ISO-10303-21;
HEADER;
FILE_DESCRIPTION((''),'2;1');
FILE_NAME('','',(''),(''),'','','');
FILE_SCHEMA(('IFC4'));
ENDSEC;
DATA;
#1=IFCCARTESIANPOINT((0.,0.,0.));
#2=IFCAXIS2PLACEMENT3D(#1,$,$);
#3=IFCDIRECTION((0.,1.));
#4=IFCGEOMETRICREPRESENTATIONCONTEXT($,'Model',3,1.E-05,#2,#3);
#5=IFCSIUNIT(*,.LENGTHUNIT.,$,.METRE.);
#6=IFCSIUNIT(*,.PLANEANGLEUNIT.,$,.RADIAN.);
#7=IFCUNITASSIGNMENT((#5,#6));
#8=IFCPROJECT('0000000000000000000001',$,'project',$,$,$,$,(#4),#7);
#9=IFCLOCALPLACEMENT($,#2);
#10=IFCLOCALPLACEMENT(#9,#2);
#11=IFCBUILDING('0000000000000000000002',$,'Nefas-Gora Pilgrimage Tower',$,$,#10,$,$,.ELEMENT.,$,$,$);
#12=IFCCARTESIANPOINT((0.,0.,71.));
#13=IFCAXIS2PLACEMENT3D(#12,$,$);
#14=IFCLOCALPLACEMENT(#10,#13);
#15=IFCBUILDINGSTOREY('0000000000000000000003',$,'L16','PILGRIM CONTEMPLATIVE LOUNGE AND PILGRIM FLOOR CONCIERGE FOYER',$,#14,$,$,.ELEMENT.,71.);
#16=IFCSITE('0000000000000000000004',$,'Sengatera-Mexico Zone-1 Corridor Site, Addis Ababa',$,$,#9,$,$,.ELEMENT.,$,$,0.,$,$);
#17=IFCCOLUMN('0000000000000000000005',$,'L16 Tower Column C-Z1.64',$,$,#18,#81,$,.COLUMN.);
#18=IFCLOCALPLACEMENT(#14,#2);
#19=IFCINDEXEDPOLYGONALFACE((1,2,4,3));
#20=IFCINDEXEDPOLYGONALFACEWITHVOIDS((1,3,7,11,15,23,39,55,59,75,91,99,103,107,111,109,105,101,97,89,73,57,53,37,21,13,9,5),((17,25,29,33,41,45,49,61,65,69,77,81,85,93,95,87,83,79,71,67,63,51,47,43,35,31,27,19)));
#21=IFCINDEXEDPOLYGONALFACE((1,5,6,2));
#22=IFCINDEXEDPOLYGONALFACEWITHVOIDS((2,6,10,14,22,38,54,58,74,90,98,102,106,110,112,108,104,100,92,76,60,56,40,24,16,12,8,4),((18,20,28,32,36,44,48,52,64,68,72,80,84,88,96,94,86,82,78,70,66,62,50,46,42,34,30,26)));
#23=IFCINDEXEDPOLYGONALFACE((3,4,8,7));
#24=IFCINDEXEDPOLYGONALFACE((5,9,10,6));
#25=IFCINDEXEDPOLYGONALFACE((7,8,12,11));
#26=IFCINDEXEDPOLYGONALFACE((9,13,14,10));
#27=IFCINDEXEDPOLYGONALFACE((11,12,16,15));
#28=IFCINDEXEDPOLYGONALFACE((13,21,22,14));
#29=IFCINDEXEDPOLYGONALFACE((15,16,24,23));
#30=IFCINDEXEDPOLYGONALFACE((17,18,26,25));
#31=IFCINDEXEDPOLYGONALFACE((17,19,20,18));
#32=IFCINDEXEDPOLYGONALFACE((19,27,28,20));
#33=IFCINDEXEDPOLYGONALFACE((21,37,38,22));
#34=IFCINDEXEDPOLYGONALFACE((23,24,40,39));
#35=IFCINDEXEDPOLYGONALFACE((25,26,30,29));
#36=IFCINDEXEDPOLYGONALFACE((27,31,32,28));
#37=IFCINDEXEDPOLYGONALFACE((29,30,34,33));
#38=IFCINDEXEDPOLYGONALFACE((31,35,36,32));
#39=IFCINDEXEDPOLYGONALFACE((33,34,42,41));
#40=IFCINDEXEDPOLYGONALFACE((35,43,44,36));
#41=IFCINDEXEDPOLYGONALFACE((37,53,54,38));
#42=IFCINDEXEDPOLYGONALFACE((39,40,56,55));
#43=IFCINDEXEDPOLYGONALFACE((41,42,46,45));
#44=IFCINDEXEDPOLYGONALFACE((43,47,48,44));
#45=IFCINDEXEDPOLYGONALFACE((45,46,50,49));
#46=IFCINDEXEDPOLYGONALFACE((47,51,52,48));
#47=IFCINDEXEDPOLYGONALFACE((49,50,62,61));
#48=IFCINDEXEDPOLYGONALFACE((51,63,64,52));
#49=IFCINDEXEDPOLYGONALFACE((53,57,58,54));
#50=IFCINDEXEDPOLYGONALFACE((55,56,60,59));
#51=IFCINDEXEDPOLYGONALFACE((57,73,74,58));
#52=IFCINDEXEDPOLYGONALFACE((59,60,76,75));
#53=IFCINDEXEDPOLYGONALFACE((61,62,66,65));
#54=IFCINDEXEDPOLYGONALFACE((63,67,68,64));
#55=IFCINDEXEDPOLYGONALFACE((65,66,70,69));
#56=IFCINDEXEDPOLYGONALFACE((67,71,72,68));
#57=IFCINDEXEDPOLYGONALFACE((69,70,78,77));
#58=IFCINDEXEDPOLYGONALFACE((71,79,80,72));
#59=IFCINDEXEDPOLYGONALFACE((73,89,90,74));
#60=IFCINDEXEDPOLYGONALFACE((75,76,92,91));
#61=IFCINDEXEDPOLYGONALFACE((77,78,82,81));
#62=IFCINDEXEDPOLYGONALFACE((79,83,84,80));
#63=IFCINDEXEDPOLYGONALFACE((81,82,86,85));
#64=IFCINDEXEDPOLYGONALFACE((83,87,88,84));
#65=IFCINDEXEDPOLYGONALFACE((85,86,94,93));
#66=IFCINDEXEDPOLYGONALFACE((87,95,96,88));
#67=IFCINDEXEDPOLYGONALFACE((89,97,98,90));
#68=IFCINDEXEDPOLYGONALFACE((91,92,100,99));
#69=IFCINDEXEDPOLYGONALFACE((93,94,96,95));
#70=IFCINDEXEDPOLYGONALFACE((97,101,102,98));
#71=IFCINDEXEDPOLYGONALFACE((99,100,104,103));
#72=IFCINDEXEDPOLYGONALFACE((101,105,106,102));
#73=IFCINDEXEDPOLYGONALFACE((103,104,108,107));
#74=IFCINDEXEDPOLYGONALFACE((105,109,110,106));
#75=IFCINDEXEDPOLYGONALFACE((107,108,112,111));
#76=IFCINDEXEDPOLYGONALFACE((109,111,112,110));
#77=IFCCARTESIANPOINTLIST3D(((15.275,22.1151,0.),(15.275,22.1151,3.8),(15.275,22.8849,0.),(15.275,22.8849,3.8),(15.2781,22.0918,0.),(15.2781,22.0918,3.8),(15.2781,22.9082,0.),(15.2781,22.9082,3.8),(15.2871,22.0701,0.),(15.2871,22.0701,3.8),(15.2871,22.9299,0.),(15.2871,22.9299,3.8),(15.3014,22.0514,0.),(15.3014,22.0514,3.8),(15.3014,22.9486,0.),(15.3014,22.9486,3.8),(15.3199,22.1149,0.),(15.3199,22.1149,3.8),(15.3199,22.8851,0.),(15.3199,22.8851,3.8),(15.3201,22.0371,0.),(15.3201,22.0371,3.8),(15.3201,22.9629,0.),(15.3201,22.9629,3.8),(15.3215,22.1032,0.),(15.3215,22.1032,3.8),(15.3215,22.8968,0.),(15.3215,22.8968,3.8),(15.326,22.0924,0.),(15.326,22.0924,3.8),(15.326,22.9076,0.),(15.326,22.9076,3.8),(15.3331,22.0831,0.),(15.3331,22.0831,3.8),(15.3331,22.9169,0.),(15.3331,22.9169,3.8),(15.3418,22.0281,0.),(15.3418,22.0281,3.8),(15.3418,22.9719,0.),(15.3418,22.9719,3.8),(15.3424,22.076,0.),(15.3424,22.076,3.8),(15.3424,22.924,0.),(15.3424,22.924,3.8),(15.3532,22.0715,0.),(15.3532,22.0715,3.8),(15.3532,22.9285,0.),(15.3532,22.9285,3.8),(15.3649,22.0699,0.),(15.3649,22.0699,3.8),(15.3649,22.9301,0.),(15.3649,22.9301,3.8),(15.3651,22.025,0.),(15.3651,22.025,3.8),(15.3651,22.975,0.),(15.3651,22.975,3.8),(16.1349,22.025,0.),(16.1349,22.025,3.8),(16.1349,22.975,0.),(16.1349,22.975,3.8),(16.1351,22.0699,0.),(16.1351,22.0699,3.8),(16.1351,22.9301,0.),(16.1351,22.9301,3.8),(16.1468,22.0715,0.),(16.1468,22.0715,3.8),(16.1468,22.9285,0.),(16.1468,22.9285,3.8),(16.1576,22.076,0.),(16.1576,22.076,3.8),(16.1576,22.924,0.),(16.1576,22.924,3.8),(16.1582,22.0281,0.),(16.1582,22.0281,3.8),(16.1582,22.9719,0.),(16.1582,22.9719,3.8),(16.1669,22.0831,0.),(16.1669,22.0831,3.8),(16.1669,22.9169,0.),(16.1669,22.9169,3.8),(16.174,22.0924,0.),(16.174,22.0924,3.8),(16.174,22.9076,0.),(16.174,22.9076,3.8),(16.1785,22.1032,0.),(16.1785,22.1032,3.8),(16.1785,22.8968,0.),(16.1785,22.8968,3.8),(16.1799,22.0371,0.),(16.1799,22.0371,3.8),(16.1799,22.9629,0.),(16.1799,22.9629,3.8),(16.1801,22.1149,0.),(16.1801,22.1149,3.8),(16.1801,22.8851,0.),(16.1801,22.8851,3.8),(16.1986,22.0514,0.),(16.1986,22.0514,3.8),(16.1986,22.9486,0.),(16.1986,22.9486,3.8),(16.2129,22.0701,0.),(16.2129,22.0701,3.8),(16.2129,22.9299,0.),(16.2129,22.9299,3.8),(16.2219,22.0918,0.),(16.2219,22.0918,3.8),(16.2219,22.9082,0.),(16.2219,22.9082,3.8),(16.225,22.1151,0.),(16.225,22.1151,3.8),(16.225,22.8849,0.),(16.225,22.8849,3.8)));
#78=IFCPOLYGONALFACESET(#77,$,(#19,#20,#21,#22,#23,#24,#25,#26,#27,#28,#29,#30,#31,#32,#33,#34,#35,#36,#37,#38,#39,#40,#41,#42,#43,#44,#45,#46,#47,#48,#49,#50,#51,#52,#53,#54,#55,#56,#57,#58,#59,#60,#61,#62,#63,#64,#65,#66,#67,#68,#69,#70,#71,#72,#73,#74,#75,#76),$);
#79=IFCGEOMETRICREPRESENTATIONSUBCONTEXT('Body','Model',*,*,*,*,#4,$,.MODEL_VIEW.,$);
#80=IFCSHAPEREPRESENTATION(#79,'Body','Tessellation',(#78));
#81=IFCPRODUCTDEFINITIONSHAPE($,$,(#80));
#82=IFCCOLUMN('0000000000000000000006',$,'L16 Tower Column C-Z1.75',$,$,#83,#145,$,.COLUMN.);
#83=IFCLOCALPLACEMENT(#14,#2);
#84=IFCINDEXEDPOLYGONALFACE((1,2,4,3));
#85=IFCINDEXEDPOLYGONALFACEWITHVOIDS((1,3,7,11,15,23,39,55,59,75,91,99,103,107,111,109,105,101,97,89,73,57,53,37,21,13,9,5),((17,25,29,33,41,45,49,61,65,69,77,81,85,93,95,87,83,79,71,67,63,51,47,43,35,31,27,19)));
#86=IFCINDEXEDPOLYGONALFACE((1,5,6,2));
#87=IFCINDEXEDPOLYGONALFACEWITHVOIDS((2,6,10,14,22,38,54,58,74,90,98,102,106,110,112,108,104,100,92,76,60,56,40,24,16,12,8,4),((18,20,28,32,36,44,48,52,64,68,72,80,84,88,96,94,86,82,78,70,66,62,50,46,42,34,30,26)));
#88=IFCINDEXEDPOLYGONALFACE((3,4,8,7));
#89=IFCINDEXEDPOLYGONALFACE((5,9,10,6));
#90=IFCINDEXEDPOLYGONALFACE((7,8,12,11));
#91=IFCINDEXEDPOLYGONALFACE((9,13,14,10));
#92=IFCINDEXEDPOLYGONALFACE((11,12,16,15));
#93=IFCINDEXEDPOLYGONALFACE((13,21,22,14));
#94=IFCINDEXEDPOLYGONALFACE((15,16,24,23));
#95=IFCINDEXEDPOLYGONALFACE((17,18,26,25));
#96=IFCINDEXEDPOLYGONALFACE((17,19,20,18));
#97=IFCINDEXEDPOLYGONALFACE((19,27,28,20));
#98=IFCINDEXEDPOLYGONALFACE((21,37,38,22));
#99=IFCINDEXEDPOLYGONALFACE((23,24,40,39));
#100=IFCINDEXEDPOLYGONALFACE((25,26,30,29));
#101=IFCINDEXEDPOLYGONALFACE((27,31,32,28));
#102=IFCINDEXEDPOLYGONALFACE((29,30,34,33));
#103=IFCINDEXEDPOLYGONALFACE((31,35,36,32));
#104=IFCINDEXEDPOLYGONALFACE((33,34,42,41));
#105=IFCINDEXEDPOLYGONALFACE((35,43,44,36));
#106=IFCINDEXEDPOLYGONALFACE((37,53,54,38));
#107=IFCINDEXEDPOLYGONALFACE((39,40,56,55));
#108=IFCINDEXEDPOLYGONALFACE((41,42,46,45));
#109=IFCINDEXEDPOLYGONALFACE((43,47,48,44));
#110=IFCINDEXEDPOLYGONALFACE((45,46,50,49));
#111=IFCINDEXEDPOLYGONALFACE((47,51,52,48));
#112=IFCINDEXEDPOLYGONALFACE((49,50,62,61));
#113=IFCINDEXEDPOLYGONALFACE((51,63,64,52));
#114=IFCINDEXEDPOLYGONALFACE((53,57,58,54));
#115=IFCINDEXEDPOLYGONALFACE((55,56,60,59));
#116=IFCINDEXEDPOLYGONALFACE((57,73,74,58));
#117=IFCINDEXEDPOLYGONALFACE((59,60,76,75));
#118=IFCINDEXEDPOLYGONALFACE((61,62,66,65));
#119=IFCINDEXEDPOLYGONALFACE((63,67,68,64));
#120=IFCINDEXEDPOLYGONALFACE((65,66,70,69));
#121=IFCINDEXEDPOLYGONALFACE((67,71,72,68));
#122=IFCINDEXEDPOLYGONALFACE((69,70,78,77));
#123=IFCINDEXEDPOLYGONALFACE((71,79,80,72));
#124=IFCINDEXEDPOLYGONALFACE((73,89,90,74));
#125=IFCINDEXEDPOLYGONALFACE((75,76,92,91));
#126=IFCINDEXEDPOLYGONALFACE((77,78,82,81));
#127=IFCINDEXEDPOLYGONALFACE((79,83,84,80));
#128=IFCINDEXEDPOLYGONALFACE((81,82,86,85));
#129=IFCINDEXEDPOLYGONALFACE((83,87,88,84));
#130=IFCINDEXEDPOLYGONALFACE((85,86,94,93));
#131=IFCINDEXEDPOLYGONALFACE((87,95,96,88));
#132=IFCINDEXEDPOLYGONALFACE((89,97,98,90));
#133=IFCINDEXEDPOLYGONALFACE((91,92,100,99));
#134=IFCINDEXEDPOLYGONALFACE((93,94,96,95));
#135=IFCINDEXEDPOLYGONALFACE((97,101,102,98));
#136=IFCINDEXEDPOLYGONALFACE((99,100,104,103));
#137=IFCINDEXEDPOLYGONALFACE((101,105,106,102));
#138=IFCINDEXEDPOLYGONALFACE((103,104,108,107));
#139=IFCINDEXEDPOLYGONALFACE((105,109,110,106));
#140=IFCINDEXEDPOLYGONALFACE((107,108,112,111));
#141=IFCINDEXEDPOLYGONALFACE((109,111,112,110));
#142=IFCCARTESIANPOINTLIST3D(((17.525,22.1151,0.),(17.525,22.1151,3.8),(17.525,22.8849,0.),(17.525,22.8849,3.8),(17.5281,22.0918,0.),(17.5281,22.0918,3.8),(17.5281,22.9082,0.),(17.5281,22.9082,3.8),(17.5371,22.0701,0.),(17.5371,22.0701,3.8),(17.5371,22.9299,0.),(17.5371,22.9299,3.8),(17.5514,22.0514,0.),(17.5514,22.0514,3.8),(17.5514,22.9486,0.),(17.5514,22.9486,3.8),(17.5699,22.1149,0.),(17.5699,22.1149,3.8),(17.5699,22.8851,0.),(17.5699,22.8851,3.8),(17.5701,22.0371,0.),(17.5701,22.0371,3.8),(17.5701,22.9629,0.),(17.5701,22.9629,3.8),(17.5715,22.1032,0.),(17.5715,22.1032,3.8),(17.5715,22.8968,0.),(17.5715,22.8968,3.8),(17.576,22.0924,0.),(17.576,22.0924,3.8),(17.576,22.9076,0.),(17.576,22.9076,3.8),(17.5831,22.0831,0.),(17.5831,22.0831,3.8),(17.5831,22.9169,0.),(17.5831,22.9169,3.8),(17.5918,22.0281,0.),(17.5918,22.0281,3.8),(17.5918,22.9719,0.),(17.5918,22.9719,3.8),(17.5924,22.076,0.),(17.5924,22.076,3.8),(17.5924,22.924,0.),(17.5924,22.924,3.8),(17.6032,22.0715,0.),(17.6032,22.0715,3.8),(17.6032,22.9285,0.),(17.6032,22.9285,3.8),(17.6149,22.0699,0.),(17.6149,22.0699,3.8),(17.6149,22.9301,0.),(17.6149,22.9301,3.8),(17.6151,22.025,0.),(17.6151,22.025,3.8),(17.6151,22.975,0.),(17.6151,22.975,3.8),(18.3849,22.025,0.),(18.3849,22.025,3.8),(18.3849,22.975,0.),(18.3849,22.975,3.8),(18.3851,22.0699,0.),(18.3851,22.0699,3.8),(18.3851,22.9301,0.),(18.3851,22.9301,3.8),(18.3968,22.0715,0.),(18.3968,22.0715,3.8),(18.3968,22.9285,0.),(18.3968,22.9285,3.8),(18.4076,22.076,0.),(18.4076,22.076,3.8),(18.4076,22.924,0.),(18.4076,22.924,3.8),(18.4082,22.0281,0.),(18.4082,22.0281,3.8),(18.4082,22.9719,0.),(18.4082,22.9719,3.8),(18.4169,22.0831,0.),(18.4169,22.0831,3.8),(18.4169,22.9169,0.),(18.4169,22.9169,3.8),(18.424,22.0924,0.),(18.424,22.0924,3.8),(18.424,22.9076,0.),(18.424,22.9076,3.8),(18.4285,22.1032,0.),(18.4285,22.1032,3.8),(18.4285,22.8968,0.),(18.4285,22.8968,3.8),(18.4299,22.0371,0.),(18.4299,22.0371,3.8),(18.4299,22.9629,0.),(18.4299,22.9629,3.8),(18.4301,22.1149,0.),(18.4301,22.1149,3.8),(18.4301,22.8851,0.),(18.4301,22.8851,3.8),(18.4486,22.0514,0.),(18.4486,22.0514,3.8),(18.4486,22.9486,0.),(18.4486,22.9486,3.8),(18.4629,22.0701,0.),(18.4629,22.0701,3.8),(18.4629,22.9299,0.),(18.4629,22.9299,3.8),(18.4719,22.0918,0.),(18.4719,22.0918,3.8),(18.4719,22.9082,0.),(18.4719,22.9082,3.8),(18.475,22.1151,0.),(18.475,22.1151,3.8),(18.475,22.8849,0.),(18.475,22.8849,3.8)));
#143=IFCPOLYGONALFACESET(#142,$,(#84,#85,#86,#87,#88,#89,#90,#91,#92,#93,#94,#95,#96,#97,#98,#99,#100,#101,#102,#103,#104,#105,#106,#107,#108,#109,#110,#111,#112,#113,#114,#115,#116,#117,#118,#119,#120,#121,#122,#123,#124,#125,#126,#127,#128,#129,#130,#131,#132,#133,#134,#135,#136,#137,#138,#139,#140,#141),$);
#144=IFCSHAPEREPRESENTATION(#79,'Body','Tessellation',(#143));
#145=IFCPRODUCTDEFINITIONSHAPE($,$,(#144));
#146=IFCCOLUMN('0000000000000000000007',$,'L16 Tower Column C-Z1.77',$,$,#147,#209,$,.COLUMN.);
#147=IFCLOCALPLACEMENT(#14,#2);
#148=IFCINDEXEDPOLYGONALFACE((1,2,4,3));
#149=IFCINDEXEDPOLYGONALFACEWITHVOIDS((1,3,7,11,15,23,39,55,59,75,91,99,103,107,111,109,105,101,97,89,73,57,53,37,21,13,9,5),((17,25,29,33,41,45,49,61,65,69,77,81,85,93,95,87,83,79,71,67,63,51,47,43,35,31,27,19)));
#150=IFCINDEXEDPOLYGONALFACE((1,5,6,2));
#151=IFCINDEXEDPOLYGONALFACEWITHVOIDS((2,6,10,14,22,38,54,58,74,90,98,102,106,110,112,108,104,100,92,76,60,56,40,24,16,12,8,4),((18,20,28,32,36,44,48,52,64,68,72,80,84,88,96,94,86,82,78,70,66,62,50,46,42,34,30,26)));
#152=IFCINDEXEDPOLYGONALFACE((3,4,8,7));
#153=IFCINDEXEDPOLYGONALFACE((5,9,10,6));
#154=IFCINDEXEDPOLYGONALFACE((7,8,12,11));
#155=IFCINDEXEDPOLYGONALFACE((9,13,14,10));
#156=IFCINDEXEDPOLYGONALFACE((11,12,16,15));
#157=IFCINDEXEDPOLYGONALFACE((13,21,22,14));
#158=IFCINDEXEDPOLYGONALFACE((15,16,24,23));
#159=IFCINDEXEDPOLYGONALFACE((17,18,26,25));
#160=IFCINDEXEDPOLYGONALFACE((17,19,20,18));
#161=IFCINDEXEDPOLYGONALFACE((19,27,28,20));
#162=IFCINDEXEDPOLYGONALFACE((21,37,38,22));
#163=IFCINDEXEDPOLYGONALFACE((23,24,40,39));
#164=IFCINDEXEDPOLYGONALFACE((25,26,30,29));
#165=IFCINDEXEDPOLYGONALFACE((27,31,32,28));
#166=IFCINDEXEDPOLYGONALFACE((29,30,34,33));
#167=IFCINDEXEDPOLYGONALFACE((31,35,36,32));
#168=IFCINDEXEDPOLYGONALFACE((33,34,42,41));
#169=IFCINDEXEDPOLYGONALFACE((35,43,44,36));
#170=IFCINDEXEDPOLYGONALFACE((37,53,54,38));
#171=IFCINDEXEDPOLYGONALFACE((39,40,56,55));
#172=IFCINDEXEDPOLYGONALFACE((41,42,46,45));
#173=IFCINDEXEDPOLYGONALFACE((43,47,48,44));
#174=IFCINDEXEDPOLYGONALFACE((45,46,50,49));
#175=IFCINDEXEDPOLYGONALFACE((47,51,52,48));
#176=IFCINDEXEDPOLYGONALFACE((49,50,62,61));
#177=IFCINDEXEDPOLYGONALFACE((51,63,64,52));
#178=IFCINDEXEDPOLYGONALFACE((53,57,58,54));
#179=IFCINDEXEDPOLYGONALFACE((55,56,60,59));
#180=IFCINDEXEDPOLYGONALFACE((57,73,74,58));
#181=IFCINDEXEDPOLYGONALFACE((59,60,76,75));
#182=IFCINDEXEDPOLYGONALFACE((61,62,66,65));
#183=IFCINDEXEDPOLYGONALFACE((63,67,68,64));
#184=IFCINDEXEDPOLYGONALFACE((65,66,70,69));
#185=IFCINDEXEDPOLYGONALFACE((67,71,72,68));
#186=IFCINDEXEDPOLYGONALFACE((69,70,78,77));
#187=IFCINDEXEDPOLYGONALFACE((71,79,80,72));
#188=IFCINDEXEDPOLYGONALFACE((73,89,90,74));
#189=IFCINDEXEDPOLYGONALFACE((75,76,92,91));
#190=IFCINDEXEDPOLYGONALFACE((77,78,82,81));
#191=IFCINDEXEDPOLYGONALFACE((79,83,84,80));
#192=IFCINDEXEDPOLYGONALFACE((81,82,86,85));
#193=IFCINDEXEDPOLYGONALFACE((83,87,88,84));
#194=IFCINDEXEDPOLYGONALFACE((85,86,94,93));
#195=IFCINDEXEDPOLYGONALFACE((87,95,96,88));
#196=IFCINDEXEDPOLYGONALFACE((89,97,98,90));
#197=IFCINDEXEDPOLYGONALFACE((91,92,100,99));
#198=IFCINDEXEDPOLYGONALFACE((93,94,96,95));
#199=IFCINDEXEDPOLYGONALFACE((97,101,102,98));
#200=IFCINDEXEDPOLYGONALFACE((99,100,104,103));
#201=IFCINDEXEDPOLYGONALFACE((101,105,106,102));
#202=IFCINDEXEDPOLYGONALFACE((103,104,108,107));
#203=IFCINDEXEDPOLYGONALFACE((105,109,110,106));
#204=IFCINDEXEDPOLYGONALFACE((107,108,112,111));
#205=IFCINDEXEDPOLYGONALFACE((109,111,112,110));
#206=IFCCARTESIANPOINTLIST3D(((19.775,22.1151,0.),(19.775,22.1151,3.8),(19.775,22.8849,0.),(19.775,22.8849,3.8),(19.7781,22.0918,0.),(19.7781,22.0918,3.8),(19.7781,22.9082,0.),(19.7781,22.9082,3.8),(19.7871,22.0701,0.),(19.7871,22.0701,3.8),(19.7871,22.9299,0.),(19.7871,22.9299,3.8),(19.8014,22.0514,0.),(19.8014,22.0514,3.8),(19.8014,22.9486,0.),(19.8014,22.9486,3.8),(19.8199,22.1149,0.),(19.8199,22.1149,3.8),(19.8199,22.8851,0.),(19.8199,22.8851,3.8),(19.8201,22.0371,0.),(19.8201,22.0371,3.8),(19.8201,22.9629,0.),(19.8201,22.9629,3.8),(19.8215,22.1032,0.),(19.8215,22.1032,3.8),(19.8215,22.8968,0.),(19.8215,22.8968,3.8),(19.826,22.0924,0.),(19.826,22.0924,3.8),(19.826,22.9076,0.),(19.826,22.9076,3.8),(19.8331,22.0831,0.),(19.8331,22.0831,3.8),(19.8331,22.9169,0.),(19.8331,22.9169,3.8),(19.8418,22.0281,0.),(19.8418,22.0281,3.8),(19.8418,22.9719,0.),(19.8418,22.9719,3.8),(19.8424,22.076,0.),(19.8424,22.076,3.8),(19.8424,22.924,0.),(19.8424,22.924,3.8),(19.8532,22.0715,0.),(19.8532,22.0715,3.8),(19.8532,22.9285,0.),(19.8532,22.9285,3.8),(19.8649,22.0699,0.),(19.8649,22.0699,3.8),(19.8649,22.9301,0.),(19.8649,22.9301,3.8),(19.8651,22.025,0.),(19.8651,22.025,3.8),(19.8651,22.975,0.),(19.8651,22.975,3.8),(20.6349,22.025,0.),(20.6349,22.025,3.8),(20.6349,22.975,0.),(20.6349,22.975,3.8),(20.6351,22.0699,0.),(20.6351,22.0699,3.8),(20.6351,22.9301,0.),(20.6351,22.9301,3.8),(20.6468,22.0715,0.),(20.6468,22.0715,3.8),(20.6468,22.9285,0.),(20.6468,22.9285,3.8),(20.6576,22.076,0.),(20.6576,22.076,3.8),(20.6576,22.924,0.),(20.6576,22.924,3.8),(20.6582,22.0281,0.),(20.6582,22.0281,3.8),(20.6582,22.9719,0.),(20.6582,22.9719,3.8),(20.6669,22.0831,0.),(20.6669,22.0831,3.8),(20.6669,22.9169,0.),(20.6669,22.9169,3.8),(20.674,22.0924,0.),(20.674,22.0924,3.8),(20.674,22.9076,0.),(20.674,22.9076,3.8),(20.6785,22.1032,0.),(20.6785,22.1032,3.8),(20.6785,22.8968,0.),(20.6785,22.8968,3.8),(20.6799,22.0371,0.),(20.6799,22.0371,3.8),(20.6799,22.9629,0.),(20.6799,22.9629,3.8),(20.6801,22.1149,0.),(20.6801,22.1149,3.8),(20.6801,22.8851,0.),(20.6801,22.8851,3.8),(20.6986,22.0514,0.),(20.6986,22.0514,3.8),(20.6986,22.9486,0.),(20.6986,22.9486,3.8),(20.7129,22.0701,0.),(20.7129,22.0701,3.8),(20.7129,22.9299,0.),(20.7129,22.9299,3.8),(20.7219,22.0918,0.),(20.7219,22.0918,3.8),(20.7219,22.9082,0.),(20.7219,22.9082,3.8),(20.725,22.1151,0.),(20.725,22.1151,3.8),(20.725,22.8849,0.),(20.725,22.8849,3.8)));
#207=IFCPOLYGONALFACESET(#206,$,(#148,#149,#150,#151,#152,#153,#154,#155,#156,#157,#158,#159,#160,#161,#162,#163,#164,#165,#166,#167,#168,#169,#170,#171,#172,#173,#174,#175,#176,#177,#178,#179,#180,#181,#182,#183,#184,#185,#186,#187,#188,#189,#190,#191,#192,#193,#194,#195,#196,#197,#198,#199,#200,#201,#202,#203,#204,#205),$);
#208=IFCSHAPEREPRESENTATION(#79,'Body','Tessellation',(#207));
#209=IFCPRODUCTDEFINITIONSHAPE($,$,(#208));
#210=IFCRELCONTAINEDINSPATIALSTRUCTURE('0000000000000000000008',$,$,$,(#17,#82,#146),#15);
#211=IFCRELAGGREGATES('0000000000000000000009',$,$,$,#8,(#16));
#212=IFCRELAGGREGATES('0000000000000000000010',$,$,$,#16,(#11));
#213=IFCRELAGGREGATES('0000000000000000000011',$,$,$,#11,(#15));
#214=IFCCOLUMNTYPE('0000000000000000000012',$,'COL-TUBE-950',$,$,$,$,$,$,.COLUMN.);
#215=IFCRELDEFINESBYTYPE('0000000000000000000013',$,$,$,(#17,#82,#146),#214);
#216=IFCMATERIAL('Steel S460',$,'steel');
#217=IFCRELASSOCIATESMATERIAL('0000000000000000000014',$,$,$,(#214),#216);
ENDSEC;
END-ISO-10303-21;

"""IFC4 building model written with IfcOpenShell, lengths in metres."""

from ifc_helpers import new_model, si_unit, direction, frame, origin, origin_2d, place, context, subcontext, project, spatial, hollow_rectangle, extrude, source, transform, mapped, material, material_profile, profile_set, type_object, element, save


model = new_model("IFC4")

# Units and contexts
model_context = context("Model", 3, precision=1e-05, world=origin(), true_north=direction((0.0, 1.0)))
body_context = subcontext(model_context, "Body", "Model", "MODEL_VIEW")
ifc_project = project(units=[si_unit("LENGTHUNIT", "METRE"), si_unit("PLANEANGLEUNIT", "RADIAN")], contexts=[model_context])

# Site, building, storey
site_placement = place(None, origin())
site = spatial("IfcSite", under=ifc_project, at=site_placement, Name="Sengatera-Mexico Zone-1 Corridor Site, Addis Ababa", CompositionType="ELEMENT", RefElevation=0.0)
building_placement = place(site_placement, origin())
building = spatial("IfcBuilding", under=site, at=building_placement, Name="Nefas-Gora Pilgrimage Tower", CompositionType="ELEMENT")
storey_placement = place(building_placement, frame((0.0, 0.0, 71.0)))
storey = spatial("IfcBuildingStorey", under=building, at=storey_placement, Name="L16", Description="PILGRIM CONTEMPLATIVE LOUNGE AND PILGRIM FLOOR CONCIERGE FOYER", CompositionType="ELEMENT", Elevation=71.0)

# Columns
ifc_material_1 = material(Name="Steel S460", Category="steel")
ifc_material_profile_1 = material_profile(ifc_material_1, hollow_rectangle(XDim=0.95, YDim=0.95, WallThickness=0.0449, InnerFilletRadius=0.0449, OuterFilletRadius=0.0901, at=origin_2d()), Name="BOX 950x950x45")
ifc_profile_set_1 = profile_set([ifc_material_profile_1], Name="Steel S460")
column_type_1 = type_object("IfcColumnType", Name="COL-TUBE-950", PredefinedType="COLUMN", material=ifc_profile_set_1)
shared_shape_1 = source(origin(), body_context, "Body", "SweptSolid", [
    extrude(hollow_rectangle(XDim=0.95, YDim=0.95, WallThickness=0.0449, InnerFilletRadius=0.0449, OuterFilletRadius=0.0901, at=origin_2d()), origin(), (0.0, 0.0, 1.0), 3.8),
])
for number, where, z_axis, x_axis, name in (
    (1, (15.75, 22.5, 0.0), (0.0, 0.0, 1.0), (1.0, 0.0, 0.0), "L16 Tower Column C-Z1.64"),
    (2, (18.0, 22.5, 0.0), (0.0, 0.0, 1.0), (1.0, 0.0, 0.0), "L16 Tower Column C-Z1.75"),
    (3, (20.25, 22.5, 0.0), (0.0, 0.0, 1.0), (1.0, 0.0, 0.0), "L16 Tower Column C-Z1.77"),
):
    element("IfcColumn", number, at=place(storey_placement, frame(where, z_axis=z_axis, x_axis=x_axis)), inside=storey, type_object=column_type_1, Name=name, PredefinedType="COLUMN", context=body_context, shape_type="MappedRepresentation", body=[
        mapped(shared_shape_1, transform((0.0, 0.0, 0.0), x_axis=(1.0, 0.0, 0.0), y_axis=(0.0, 1.0, 0.0), z_axis=(0.0, 0.0, 1.0), scale=1.0)),
    ])

save(model, "model.ifc")
